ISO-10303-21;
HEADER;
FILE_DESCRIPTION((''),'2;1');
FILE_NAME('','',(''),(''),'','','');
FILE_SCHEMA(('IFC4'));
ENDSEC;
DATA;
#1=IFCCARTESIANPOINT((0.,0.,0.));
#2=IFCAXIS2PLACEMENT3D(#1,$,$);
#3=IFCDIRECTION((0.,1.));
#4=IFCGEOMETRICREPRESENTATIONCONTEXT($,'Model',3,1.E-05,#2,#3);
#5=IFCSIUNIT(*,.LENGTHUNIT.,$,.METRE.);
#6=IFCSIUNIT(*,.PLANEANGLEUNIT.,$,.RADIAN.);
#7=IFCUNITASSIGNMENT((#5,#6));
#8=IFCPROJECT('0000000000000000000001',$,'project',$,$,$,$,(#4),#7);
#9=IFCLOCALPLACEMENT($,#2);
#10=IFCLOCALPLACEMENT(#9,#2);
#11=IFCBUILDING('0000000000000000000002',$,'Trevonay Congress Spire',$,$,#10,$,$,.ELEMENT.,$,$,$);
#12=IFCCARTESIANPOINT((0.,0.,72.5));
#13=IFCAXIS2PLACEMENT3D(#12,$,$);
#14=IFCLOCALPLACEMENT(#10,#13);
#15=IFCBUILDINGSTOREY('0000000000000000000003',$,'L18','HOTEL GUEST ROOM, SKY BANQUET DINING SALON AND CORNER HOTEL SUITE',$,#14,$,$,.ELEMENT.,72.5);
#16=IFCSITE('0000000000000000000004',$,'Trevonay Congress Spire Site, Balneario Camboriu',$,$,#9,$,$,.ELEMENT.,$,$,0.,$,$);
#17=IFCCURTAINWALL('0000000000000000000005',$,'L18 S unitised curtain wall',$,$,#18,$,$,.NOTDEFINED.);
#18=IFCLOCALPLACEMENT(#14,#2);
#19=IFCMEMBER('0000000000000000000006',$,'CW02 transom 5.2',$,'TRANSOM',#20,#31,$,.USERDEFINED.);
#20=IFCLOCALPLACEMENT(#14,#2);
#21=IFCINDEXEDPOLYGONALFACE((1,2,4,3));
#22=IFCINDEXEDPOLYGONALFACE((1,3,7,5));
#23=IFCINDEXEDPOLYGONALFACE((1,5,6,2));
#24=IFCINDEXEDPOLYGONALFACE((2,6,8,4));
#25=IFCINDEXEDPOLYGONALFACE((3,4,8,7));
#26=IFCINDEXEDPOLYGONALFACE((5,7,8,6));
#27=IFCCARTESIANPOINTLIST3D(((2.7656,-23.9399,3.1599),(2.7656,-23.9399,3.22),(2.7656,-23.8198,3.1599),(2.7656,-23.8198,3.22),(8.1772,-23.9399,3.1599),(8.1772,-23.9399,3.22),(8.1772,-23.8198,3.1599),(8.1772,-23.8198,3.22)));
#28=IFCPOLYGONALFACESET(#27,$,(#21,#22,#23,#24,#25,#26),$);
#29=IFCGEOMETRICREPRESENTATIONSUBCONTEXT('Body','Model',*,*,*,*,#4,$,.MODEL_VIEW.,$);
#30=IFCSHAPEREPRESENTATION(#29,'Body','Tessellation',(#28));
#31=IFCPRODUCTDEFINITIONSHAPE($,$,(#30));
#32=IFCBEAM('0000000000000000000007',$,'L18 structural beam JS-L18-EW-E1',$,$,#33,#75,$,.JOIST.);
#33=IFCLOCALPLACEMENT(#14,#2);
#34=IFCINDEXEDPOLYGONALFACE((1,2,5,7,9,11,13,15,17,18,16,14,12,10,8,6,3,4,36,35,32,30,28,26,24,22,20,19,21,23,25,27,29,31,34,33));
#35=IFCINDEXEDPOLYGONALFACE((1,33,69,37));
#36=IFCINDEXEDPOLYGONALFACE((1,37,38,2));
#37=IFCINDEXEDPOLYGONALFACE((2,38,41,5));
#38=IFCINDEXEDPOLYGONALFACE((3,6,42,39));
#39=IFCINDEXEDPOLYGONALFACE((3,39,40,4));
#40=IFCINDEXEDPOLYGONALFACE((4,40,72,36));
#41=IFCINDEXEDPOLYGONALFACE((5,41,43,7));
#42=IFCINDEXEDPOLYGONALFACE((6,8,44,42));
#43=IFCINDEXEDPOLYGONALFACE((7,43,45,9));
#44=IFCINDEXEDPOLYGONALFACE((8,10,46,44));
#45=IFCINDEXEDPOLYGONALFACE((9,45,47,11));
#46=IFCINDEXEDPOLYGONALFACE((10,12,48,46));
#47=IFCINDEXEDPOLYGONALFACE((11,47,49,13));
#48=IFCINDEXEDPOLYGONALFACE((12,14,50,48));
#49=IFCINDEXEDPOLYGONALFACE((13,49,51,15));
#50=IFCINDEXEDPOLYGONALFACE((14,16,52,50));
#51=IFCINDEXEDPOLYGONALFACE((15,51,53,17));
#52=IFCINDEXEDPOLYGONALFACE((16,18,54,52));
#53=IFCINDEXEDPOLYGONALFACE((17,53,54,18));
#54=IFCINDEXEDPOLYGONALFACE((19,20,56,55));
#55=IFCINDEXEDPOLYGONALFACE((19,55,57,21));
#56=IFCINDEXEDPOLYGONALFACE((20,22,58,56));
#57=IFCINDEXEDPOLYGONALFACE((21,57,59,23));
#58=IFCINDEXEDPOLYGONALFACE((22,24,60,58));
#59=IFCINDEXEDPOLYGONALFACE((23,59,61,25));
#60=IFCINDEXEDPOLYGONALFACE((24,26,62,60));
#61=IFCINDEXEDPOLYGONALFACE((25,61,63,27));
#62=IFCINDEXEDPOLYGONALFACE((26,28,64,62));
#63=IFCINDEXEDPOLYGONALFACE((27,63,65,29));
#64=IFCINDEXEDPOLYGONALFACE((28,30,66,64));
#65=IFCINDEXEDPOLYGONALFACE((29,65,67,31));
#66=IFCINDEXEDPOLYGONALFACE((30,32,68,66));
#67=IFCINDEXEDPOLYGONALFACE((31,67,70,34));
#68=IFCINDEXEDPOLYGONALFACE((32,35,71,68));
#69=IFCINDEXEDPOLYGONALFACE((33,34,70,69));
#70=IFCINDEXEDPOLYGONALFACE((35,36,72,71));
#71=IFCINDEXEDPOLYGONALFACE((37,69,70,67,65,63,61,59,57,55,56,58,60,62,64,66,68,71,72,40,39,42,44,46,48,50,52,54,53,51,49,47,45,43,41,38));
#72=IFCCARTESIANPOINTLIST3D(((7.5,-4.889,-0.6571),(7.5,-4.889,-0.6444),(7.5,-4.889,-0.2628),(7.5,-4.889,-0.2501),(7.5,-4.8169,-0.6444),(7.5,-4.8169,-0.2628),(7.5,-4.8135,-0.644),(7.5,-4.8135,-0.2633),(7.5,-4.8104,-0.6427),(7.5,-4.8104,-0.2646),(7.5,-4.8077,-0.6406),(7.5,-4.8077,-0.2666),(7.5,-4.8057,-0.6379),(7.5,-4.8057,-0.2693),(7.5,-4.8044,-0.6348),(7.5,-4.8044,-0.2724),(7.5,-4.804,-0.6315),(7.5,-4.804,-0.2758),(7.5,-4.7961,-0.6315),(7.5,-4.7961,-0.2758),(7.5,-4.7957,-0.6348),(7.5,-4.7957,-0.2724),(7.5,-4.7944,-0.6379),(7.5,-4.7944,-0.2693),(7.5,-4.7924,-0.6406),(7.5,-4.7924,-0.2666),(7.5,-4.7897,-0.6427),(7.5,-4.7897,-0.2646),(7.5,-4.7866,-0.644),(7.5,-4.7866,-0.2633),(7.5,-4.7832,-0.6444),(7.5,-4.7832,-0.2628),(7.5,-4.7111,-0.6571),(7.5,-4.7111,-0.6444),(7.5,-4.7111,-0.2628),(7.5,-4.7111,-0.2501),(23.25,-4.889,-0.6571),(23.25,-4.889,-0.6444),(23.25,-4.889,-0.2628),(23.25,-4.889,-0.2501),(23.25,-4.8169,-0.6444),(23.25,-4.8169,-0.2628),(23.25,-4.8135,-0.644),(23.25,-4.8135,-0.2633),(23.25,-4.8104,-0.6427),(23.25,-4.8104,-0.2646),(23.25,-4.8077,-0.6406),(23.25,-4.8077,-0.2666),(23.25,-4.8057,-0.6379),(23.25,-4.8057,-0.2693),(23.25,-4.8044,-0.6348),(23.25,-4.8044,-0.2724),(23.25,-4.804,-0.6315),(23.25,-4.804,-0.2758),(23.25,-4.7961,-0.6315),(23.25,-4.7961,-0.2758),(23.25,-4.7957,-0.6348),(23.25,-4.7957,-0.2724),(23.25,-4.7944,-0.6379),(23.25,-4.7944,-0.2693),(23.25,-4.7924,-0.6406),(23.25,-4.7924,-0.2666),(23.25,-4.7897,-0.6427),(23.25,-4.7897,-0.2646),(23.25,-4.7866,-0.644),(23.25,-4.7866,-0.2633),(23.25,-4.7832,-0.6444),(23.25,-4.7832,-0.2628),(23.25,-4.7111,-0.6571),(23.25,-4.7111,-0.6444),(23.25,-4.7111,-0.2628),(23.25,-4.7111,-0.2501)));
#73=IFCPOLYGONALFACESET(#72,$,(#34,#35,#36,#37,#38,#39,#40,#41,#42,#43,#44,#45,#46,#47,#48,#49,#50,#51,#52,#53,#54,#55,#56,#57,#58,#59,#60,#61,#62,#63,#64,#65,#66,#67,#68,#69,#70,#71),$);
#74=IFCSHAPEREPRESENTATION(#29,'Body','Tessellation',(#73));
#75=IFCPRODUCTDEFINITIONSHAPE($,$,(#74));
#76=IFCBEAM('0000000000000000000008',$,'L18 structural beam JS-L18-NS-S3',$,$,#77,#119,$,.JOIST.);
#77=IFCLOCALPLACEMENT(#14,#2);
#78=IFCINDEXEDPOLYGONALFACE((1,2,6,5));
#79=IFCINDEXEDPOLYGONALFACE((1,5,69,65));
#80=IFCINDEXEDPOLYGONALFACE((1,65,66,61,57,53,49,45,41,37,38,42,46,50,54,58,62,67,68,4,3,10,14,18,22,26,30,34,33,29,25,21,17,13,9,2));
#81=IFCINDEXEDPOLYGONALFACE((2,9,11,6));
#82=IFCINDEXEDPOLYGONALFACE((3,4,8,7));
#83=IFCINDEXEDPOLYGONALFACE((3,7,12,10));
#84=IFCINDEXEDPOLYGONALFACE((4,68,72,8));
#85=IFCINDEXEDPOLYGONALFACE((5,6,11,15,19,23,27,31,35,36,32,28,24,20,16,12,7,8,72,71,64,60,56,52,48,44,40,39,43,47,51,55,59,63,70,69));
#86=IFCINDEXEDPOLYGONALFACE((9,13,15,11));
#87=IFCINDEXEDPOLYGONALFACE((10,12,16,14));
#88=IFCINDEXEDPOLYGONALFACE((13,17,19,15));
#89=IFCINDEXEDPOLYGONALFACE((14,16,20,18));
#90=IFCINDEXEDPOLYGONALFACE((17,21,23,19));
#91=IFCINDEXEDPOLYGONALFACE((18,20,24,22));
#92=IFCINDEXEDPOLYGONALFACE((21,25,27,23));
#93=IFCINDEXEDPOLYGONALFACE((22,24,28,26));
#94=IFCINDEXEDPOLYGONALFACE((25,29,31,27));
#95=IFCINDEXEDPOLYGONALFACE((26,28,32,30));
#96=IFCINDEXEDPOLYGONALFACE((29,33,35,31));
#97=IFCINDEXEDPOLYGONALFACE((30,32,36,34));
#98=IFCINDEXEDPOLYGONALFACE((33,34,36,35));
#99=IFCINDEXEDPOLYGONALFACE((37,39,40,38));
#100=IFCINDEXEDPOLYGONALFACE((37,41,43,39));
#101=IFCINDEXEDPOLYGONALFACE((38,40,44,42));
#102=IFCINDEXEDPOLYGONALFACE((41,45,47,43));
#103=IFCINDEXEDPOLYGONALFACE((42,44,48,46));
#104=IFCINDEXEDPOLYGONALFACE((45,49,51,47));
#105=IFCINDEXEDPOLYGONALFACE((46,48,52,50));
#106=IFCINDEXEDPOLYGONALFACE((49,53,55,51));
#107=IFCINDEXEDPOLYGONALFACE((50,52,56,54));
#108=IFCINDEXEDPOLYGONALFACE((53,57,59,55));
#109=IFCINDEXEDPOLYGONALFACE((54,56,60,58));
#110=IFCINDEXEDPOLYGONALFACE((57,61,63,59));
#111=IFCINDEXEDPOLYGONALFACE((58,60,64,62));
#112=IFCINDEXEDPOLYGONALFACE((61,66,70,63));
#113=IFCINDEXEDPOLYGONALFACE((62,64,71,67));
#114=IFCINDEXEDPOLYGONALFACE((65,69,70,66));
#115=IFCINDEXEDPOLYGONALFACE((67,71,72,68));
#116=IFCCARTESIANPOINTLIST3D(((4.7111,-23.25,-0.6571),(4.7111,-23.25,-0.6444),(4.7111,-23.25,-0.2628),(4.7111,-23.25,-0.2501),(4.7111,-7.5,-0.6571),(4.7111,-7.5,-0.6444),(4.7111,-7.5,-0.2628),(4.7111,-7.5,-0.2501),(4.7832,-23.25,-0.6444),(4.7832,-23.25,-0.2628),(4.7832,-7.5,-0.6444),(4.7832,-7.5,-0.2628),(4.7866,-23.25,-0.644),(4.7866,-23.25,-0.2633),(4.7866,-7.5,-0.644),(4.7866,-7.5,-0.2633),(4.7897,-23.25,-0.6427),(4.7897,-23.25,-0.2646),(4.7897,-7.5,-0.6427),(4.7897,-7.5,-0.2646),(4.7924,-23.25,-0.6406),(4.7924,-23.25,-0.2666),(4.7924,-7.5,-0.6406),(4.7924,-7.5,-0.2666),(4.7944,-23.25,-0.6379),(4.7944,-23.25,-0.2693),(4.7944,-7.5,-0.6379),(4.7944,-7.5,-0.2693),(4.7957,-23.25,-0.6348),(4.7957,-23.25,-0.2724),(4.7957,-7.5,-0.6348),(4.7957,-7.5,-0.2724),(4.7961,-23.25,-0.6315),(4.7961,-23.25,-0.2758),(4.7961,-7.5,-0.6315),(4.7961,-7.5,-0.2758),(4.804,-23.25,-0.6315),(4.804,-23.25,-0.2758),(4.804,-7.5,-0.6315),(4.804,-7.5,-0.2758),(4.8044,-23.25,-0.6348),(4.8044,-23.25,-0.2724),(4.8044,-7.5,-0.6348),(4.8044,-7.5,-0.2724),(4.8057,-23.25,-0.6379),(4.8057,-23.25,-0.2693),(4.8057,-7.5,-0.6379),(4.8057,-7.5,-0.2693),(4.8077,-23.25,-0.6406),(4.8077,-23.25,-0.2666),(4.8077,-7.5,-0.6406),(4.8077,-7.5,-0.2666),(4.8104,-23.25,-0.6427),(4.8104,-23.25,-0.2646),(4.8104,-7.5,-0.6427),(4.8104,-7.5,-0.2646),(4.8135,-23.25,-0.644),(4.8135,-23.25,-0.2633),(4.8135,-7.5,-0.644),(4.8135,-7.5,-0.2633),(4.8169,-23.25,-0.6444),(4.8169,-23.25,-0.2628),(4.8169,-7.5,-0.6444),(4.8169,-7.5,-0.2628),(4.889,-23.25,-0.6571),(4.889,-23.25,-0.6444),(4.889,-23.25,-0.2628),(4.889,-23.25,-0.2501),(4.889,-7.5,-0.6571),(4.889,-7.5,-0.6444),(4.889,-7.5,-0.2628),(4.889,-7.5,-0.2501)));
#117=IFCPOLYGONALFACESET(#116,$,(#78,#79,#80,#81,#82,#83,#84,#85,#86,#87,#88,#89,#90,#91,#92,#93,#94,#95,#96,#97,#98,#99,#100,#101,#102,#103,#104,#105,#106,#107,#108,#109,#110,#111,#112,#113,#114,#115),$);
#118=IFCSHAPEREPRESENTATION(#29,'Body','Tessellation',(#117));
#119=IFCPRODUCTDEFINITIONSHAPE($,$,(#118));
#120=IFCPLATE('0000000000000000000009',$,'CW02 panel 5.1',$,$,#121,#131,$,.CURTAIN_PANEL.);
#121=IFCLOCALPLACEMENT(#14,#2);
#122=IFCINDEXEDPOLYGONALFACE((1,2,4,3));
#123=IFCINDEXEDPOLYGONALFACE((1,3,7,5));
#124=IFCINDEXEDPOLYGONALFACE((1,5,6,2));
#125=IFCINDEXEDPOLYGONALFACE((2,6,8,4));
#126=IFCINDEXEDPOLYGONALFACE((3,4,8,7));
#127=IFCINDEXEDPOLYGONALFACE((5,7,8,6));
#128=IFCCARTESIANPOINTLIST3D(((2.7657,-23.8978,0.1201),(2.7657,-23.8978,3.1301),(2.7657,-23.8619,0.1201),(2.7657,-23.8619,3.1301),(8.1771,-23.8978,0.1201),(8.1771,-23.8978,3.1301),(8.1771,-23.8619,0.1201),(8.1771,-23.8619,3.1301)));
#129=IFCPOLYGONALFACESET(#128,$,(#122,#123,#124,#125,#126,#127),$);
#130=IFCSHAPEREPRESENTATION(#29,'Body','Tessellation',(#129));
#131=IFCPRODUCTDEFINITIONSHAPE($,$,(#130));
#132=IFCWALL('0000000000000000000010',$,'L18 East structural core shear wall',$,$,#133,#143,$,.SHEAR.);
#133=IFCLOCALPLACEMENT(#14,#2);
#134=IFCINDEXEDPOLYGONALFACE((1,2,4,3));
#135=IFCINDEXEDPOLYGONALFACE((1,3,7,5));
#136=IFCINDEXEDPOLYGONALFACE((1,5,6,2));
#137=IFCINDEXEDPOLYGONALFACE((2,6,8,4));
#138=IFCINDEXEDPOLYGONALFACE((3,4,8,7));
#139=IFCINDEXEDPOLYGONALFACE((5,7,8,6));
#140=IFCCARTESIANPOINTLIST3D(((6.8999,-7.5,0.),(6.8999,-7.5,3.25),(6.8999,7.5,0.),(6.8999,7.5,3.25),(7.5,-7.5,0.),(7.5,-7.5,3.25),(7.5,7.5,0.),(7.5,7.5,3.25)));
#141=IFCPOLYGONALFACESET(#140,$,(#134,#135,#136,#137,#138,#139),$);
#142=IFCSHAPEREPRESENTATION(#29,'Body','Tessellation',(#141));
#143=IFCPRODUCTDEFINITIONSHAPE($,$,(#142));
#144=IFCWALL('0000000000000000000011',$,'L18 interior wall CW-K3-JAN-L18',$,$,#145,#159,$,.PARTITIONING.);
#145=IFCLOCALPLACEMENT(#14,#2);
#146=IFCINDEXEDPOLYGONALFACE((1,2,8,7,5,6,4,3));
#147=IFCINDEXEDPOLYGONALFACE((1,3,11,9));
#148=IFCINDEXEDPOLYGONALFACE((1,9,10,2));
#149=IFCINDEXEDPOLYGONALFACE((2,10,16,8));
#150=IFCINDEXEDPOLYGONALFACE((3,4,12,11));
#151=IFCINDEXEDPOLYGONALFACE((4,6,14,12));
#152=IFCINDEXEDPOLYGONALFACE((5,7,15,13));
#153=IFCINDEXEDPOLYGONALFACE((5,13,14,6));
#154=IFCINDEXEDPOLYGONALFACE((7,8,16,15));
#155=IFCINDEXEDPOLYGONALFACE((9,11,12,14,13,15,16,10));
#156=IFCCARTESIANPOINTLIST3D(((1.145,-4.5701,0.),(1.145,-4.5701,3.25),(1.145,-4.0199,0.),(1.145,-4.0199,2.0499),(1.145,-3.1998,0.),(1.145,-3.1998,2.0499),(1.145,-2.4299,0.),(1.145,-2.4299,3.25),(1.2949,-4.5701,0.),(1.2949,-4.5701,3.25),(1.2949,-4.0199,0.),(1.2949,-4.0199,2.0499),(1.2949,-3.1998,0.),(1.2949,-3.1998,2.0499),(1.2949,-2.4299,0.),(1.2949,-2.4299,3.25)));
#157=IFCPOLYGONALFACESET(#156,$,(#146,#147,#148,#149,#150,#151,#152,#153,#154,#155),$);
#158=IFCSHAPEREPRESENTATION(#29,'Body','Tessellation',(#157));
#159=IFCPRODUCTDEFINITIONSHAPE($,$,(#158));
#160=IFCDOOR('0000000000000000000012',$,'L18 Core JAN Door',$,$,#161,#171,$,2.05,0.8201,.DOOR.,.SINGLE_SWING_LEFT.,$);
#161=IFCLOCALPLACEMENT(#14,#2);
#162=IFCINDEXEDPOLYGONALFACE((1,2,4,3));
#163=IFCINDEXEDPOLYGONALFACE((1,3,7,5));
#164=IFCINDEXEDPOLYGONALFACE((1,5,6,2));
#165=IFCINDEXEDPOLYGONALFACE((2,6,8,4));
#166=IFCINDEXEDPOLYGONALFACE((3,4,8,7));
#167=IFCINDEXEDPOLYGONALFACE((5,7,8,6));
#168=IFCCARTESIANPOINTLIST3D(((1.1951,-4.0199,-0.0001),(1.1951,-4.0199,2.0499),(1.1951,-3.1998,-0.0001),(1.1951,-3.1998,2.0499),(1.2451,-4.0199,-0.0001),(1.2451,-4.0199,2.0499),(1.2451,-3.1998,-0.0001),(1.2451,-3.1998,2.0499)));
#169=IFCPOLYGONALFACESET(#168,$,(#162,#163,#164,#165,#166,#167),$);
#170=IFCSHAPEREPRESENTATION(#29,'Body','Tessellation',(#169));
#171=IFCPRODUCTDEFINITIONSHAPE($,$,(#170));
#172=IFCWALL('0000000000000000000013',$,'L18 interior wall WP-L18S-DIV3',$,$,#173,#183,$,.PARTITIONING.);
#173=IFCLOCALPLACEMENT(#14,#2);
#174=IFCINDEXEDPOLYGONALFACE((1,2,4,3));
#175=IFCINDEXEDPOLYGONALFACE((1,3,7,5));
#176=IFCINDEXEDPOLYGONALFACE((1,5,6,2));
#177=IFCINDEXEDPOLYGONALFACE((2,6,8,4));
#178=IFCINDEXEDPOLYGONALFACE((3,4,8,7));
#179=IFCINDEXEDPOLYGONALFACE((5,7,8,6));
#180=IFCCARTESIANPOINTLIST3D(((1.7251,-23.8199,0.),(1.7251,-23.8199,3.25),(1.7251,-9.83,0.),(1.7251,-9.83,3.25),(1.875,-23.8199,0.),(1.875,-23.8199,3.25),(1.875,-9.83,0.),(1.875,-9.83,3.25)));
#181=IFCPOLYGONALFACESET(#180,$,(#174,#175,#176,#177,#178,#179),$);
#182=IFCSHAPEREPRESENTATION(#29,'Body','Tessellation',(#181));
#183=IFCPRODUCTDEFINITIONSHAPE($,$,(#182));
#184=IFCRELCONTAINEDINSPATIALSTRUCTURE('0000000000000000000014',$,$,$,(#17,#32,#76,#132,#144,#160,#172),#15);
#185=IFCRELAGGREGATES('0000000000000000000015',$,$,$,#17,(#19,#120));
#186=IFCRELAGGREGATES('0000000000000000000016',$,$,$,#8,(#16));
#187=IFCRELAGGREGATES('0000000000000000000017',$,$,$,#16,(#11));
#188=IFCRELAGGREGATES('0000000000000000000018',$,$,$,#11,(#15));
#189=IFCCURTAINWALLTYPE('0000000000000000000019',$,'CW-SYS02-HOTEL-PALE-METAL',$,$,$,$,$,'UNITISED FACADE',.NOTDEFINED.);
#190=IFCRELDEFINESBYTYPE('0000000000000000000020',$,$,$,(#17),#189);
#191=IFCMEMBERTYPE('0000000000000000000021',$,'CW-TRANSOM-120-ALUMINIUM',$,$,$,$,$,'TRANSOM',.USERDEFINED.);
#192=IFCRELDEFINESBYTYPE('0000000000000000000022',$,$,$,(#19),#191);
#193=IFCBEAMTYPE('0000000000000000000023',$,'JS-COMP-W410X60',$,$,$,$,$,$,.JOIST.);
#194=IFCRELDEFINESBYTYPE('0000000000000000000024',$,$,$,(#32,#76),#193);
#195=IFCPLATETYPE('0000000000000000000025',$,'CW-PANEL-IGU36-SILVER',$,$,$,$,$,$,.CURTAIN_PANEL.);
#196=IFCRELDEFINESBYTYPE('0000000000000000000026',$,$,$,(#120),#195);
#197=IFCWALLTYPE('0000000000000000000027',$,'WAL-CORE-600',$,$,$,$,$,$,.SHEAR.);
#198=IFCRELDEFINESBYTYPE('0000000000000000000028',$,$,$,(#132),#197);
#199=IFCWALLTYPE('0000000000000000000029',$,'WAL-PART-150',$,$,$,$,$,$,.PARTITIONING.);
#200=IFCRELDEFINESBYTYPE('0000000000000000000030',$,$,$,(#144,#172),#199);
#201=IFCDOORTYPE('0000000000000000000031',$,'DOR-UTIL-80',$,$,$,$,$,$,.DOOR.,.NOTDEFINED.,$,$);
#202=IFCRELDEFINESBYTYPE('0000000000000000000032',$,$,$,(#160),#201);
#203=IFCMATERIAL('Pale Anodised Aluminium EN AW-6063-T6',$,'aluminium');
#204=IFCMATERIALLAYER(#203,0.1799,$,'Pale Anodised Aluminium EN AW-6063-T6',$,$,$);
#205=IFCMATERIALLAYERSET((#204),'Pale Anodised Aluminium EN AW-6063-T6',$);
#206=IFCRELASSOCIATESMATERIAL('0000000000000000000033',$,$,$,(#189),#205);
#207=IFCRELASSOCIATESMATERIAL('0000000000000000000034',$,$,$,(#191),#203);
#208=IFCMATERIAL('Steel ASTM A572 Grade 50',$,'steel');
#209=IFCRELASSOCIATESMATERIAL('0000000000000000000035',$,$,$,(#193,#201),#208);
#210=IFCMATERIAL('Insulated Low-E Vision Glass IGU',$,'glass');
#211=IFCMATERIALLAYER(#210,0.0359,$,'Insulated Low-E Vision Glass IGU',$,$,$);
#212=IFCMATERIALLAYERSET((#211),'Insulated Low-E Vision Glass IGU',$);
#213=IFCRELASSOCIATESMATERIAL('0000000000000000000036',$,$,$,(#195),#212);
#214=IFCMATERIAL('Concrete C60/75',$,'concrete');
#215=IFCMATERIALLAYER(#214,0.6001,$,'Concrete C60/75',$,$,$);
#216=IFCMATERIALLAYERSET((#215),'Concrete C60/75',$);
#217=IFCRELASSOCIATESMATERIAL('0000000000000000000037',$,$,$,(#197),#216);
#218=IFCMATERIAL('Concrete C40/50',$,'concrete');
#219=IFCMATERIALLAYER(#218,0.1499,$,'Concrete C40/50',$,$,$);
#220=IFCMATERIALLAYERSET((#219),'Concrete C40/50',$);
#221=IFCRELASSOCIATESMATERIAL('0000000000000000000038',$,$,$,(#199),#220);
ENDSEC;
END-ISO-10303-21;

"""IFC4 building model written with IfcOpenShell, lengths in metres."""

from ifc_helpers import new_model, si_unit, direction, frame, frame_2d, origin, origin_2d, place, context, subcontext, project, spatial, rectangle, i_section, extrude, material, layer, layer_set, material_profile, profile_set, type_object, element, fill, aggregate, save


model = new_model("IFC4")

# Units and contexts
model_context = context("Model", 3, precision=1e-05, world=origin(), true_north=direction((0.0, 1.0)))
body_context = subcontext(model_context, "Body", "Model", "MODEL_VIEW")
ifc_project = project(units=[si_unit("LENGTHUNIT", "METRE"), si_unit("PLANEANGLEUNIT", "RADIAN")], contexts=[model_context])

# Site, building, storey
site_placement = place(None, origin())
site = spatial("IfcSite", under=ifc_project, at=site_placement, Name="Trevonay Congress Spire Site, Balneario Camboriu", CompositionType="ELEMENT", RefElevation=0.0)
building_placement = place(site_placement, origin())
building = spatial("IfcBuilding", under=site, at=building_placement, Name="Trevonay Congress Spire", CompositionType="ELEMENT")
storey_placement = place(building_placement, frame((0.0, 0.0, 72.5)))
storey = spatial("IfcBuildingStorey", under=building, at=storey_placement, Name="L18", Description="HOTEL GUEST ROOM, SKY BANQUET DINING SALON AND CORNER HOTEL SUITE", CompositionType="ELEMENT", Elevation=72.5)

# Shared definitions
ifc_material_1 = material(Name="Steel ASTM A572 Grade 50", Category="steel")

# Curtain wall, member
ifc_material_2 = material(Name="Pale Anodised Aluminium EN AW-6063-T6", Category="aluminium")
ifc_layer_1 = layer(ifc_material_2, 0.1799, Name="Pale Anodised Aluminium EN AW-6063-T6")
ifc_layer_set_1 = layer_set([ifc_layer_1], Name="Pale Anodised Aluminium EN AW-6063-T6")
curtain_wall_type = type_object("IfcCurtainWallType", Name="CW-SYS02-HOTEL-PALE-METAL", ElementType="UNITISED FACADE", PredefinedType="NOTDEFINED", material=ifc_layer_set_1)
curtain_wall_placement = place(storey_placement, origin())
curtain_wall = element("IfcCurtainWall", 1, at=curtain_wall_placement, inside=storey, type_object=curtain_wall_type, Name="L18 S unitised curtain wall", PredefinedType="NOTDEFINED")
ifc_material_profile_1 = material_profile(ifc_material_2, rectangle(XDim=0.1201, YDim=0.0601, at=origin_2d()), Name="CW-TRANSOM-120-ALUMINIUM")
ifc_profile_set_1 = profile_set([ifc_material_profile_1], Name="Pale Anodised Aluminium EN AW-6063-T6")
member_type_1 = type_object("IfcMemberType", Name="CW-TRANSOM-120-ALUMINIUM", ElementType="TRANSOM", PredefinedType="USERDEFINED", material=ifc_profile_set_1)
member_1_placement = place(storey_placement, frame((2.7656, -23.8799, 3.1899), z_axis=(1.0, 0.0, 0.0), x_axis=(0.0, 1.0, 0.0)))
member_1 = element("IfcMember", 2, at=member_1_placement, type_object=member_type_1, Name="CW02 transom 5.2", ObjectType="TRANSOM", PredefinedType="USERDEFINED", context=body_context, shape_type="SweptSolid", body=[
    extrude(rectangle(XDim=0.1201, YDim=0.0601, at=origin_2d()), origin(), (0.0, 0.0, 1.0), 5.4116),
])

# Beams
ifc_material_profile_2 = material_profile(ifc_material_1, i_section(OverallWidth=0.178, OverallDepth=0.407, WebThickness=0.0078, FlangeThickness=0.0127, FilletRadius=0.0129, at=origin_2d()), Name="W410x60")
ifc_profile_set_2 = profile_set([ifc_material_profile_2], Name="Steel ASTM A572 Grade 50")
beam_type_1 = type_object("IfcBeamType", Name="JS-COMP-W410X60", PredefinedType="JOIST", material=ifc_profile_set_2)
for number, where, z_axis, x_axis, name in (
    (3, (7.5, -4.8, -0.4536), (1.0, 0.0, 0.0), (0.0, 1.0, 0.0), "L18 structural beam JS-L18-EW-E1"),
    (4, (4.8, -23.25, -0.4536), (0.0, 1.0, 0.0), (-1.0, 0.0, 0.0), "L18 structural beam JS-L18-NS-S3"),
):
    element("IfcBeam", number, at=place(storey_placement, frame(where, z_axis=z_axis, x_axis=x_axis)), inside=storey, type_object=beam_type_1, Name=name, PredefinedType="JOIST", context=body_context, shape_type="SweptSolid", body=[
        extrude(i_section(OverallWidth=0.178, OverallDepth=0.407, WebThickness=0.0078, FlangeThickness=0.0127, FilletRadius=0.0129, at=origin_2d()), origin(), (0.0, 0.0, 1.0), 15.75),
    ])

# Plate
ifc_material_3 = material(Name="Insulated Low-E Vision Glass IGU", Category="glass")
ifc_layer_2 = layer(ifc_material_3, 0.0359, Name="Insulated Low-E Vision Glass IGU")
ifc_layer_set_2 = layer_set([ifc_layer_2], Name="Insulated Low-E Vision Glass IGU")
plate_type = type_object("IfcPlateType", Name="CW-PANEL-IGU36-SILVER", PredefinedType="CURTAIN_PANEL", material=ifc_layer_set_2)
plate_placement = place(storey_placement, frame((5.4714, -23.8799, 0.1201), z_axis=(0.0, 0.0, 1.0), x_axis=(1.0, 0.0, 0.0)))
plate = element("IfcPlate", 5, at=plate_placement, type_object=plate_type, Name="CW02 panel 5.1", PredefinedType="CURTAIN_PANEL", context=body_context, shape_type="SweptSolid", body=[
    extrude(rectangle(XDim=5.4114, YDim=0.0359, at=origin_2d()), origin(), (0.0, 0.0, 1.0), 3.01),
])
aggregate(curtain_wall, [member_1, plate])

# Wall
ifc_material_4 = material(Name="Concrete C60/75", Category="concrete")
ifc_layer_3 = layer(ifc_material_4, 0.6001, Name="Concrete C60/75")
ifc_layer_set_3 = layer_set([ifc_layer_3], Name="Concrete C60/75")
wall_type_1 = type_object("IfcWallType", Name="WAL-CORE-600", PredefinedType="SHEAR", material=ifc_layer_set_3)
wall_1_placement = place(storey_placement, frame((7.2, -7.5, 0.0), z_axis=(0.0, 0.0, 1.0), x_axis=(0.0, 1.0, 0.0)))
element("IfcWall", 6, at=wall_1_placement, inside=storey, type_object=wall_type_1, Name="L18 East structural core shear wall", PredefinedType="SHEAR", context=body_context, shape_type="SweptSolid", body=[
    extrude(rectangle(XDim=15.0, YDim=0.6001, at=frame_2d((7.5, 0.0))), origin(), (0.0, 0.0, 1.0), 3.25),
])

# Wall, opening, door
ifc_material_5 = material(Name="Concrete C40/50", Category="concrete")
ifc_layer_4 = layer(ifc_material_5, 0.1499, Name="Concrete C40/50")
ifc_layer_set_4 = layer_set([ifc_layer_4], Name="Concrete C40/50")
wall_type_2 = type_object("IfcWallType", Name="WAL-PART-150", PredefinedType="PARTITIONING", material=ifc_layer_set_4)
wall_2_placement = place(storey_placement, frame((1.22, -4.5701, 0.0), z_axis=(0.0, 0.0, 1.0), x_axis=(0.0, 1.0, 0.0)))
wall_2 = element("IfcWall", 7, at=wall_2_placement, inside=storey, type_object=wall_type_2, Name="L18 interior wall CW-K3-JAN-L18", PredefinedType="PARTITIONING", context=body_context, shape_type="SweptSolid", body=[
    extrude(rectangle(XDim=2.1401, YDim=0.1499, at=frame_2d((1.0701, 0.0))), origin(), (0.0, 0.0, 1.0), 3.25),
])
opening_placement = place(wall_2_placement, frame((0.55, 0.0, 0.0)))
opening = element("IfcOpeningElement", 8, at=opening_placement, cuts=wall_2, PredefinedType="OPENING", context=body_context, shape_type="SweptSolid", body=[
    extrude(rectangle(XDim=0.8201, YDim=2.05, at=frame_2d((0.4102, 1.0249))), frame((0.0, 0.085, 0.0), z_axis=(0.0, -1.0, 0.0), x_axis=(1.0, 0.0, 0.0)), (0.0, 0.0, 1.0), 0.1699),
])
door_type = type_object("IfcDoorType", Name="DOR-UTIL-80", OperationType="NOTDEFINED", PredefinedType="DOOR", material=ifc_material_1)
door_placement = place(opening_placement, origin())
door = element("IfcDoor", 9, at=door_placement, inside=storey, type_object=door_type, Name="L18 Core JAN Door", OperationType="SINGLE_SWING_LEFT", OverallHeight=2.05, OverallWidth=0.8201, PredefinedType="DOOR", context=body_context, shape_type="SweptSolid", body=[
    extrude(rectangle(XDim=0.8201, YDim=2.05, at=frame_2d((0.4102, 1.0249))), frame((0.0, 0.0249, 0.0), z_axis=(0.0, -1.0, 0.0), x_axis=(1.0, 0.0, 0.0)), (0.0, 0.0, 1.0), 0.05),
])
fill(opening, door)

# Wall
wall_3_placement = place(storey_placement, frame((1.8, -23.8201, 0.0), z_axis=(0.0, 0.0, 1.0), x_axis=(0.0, 1.0, 0.0)))
element("IfcWall", 10, at=wall_3_placement, inside=storey, type_object=wall_type_2, Name="L18 interior wall WP-L18S-DIV3", PredefinedType="PARTITIONING", context=body_context, shape_type="SweptSolid", body=[
    extrude(rectangle(XDim=13.99, YDim=0.1499, at=frame_2d((6.9951, 0.0))), origin(), (0.0, 0.0, 1.0), 3.25),
])

save(model, "model.ifc")
